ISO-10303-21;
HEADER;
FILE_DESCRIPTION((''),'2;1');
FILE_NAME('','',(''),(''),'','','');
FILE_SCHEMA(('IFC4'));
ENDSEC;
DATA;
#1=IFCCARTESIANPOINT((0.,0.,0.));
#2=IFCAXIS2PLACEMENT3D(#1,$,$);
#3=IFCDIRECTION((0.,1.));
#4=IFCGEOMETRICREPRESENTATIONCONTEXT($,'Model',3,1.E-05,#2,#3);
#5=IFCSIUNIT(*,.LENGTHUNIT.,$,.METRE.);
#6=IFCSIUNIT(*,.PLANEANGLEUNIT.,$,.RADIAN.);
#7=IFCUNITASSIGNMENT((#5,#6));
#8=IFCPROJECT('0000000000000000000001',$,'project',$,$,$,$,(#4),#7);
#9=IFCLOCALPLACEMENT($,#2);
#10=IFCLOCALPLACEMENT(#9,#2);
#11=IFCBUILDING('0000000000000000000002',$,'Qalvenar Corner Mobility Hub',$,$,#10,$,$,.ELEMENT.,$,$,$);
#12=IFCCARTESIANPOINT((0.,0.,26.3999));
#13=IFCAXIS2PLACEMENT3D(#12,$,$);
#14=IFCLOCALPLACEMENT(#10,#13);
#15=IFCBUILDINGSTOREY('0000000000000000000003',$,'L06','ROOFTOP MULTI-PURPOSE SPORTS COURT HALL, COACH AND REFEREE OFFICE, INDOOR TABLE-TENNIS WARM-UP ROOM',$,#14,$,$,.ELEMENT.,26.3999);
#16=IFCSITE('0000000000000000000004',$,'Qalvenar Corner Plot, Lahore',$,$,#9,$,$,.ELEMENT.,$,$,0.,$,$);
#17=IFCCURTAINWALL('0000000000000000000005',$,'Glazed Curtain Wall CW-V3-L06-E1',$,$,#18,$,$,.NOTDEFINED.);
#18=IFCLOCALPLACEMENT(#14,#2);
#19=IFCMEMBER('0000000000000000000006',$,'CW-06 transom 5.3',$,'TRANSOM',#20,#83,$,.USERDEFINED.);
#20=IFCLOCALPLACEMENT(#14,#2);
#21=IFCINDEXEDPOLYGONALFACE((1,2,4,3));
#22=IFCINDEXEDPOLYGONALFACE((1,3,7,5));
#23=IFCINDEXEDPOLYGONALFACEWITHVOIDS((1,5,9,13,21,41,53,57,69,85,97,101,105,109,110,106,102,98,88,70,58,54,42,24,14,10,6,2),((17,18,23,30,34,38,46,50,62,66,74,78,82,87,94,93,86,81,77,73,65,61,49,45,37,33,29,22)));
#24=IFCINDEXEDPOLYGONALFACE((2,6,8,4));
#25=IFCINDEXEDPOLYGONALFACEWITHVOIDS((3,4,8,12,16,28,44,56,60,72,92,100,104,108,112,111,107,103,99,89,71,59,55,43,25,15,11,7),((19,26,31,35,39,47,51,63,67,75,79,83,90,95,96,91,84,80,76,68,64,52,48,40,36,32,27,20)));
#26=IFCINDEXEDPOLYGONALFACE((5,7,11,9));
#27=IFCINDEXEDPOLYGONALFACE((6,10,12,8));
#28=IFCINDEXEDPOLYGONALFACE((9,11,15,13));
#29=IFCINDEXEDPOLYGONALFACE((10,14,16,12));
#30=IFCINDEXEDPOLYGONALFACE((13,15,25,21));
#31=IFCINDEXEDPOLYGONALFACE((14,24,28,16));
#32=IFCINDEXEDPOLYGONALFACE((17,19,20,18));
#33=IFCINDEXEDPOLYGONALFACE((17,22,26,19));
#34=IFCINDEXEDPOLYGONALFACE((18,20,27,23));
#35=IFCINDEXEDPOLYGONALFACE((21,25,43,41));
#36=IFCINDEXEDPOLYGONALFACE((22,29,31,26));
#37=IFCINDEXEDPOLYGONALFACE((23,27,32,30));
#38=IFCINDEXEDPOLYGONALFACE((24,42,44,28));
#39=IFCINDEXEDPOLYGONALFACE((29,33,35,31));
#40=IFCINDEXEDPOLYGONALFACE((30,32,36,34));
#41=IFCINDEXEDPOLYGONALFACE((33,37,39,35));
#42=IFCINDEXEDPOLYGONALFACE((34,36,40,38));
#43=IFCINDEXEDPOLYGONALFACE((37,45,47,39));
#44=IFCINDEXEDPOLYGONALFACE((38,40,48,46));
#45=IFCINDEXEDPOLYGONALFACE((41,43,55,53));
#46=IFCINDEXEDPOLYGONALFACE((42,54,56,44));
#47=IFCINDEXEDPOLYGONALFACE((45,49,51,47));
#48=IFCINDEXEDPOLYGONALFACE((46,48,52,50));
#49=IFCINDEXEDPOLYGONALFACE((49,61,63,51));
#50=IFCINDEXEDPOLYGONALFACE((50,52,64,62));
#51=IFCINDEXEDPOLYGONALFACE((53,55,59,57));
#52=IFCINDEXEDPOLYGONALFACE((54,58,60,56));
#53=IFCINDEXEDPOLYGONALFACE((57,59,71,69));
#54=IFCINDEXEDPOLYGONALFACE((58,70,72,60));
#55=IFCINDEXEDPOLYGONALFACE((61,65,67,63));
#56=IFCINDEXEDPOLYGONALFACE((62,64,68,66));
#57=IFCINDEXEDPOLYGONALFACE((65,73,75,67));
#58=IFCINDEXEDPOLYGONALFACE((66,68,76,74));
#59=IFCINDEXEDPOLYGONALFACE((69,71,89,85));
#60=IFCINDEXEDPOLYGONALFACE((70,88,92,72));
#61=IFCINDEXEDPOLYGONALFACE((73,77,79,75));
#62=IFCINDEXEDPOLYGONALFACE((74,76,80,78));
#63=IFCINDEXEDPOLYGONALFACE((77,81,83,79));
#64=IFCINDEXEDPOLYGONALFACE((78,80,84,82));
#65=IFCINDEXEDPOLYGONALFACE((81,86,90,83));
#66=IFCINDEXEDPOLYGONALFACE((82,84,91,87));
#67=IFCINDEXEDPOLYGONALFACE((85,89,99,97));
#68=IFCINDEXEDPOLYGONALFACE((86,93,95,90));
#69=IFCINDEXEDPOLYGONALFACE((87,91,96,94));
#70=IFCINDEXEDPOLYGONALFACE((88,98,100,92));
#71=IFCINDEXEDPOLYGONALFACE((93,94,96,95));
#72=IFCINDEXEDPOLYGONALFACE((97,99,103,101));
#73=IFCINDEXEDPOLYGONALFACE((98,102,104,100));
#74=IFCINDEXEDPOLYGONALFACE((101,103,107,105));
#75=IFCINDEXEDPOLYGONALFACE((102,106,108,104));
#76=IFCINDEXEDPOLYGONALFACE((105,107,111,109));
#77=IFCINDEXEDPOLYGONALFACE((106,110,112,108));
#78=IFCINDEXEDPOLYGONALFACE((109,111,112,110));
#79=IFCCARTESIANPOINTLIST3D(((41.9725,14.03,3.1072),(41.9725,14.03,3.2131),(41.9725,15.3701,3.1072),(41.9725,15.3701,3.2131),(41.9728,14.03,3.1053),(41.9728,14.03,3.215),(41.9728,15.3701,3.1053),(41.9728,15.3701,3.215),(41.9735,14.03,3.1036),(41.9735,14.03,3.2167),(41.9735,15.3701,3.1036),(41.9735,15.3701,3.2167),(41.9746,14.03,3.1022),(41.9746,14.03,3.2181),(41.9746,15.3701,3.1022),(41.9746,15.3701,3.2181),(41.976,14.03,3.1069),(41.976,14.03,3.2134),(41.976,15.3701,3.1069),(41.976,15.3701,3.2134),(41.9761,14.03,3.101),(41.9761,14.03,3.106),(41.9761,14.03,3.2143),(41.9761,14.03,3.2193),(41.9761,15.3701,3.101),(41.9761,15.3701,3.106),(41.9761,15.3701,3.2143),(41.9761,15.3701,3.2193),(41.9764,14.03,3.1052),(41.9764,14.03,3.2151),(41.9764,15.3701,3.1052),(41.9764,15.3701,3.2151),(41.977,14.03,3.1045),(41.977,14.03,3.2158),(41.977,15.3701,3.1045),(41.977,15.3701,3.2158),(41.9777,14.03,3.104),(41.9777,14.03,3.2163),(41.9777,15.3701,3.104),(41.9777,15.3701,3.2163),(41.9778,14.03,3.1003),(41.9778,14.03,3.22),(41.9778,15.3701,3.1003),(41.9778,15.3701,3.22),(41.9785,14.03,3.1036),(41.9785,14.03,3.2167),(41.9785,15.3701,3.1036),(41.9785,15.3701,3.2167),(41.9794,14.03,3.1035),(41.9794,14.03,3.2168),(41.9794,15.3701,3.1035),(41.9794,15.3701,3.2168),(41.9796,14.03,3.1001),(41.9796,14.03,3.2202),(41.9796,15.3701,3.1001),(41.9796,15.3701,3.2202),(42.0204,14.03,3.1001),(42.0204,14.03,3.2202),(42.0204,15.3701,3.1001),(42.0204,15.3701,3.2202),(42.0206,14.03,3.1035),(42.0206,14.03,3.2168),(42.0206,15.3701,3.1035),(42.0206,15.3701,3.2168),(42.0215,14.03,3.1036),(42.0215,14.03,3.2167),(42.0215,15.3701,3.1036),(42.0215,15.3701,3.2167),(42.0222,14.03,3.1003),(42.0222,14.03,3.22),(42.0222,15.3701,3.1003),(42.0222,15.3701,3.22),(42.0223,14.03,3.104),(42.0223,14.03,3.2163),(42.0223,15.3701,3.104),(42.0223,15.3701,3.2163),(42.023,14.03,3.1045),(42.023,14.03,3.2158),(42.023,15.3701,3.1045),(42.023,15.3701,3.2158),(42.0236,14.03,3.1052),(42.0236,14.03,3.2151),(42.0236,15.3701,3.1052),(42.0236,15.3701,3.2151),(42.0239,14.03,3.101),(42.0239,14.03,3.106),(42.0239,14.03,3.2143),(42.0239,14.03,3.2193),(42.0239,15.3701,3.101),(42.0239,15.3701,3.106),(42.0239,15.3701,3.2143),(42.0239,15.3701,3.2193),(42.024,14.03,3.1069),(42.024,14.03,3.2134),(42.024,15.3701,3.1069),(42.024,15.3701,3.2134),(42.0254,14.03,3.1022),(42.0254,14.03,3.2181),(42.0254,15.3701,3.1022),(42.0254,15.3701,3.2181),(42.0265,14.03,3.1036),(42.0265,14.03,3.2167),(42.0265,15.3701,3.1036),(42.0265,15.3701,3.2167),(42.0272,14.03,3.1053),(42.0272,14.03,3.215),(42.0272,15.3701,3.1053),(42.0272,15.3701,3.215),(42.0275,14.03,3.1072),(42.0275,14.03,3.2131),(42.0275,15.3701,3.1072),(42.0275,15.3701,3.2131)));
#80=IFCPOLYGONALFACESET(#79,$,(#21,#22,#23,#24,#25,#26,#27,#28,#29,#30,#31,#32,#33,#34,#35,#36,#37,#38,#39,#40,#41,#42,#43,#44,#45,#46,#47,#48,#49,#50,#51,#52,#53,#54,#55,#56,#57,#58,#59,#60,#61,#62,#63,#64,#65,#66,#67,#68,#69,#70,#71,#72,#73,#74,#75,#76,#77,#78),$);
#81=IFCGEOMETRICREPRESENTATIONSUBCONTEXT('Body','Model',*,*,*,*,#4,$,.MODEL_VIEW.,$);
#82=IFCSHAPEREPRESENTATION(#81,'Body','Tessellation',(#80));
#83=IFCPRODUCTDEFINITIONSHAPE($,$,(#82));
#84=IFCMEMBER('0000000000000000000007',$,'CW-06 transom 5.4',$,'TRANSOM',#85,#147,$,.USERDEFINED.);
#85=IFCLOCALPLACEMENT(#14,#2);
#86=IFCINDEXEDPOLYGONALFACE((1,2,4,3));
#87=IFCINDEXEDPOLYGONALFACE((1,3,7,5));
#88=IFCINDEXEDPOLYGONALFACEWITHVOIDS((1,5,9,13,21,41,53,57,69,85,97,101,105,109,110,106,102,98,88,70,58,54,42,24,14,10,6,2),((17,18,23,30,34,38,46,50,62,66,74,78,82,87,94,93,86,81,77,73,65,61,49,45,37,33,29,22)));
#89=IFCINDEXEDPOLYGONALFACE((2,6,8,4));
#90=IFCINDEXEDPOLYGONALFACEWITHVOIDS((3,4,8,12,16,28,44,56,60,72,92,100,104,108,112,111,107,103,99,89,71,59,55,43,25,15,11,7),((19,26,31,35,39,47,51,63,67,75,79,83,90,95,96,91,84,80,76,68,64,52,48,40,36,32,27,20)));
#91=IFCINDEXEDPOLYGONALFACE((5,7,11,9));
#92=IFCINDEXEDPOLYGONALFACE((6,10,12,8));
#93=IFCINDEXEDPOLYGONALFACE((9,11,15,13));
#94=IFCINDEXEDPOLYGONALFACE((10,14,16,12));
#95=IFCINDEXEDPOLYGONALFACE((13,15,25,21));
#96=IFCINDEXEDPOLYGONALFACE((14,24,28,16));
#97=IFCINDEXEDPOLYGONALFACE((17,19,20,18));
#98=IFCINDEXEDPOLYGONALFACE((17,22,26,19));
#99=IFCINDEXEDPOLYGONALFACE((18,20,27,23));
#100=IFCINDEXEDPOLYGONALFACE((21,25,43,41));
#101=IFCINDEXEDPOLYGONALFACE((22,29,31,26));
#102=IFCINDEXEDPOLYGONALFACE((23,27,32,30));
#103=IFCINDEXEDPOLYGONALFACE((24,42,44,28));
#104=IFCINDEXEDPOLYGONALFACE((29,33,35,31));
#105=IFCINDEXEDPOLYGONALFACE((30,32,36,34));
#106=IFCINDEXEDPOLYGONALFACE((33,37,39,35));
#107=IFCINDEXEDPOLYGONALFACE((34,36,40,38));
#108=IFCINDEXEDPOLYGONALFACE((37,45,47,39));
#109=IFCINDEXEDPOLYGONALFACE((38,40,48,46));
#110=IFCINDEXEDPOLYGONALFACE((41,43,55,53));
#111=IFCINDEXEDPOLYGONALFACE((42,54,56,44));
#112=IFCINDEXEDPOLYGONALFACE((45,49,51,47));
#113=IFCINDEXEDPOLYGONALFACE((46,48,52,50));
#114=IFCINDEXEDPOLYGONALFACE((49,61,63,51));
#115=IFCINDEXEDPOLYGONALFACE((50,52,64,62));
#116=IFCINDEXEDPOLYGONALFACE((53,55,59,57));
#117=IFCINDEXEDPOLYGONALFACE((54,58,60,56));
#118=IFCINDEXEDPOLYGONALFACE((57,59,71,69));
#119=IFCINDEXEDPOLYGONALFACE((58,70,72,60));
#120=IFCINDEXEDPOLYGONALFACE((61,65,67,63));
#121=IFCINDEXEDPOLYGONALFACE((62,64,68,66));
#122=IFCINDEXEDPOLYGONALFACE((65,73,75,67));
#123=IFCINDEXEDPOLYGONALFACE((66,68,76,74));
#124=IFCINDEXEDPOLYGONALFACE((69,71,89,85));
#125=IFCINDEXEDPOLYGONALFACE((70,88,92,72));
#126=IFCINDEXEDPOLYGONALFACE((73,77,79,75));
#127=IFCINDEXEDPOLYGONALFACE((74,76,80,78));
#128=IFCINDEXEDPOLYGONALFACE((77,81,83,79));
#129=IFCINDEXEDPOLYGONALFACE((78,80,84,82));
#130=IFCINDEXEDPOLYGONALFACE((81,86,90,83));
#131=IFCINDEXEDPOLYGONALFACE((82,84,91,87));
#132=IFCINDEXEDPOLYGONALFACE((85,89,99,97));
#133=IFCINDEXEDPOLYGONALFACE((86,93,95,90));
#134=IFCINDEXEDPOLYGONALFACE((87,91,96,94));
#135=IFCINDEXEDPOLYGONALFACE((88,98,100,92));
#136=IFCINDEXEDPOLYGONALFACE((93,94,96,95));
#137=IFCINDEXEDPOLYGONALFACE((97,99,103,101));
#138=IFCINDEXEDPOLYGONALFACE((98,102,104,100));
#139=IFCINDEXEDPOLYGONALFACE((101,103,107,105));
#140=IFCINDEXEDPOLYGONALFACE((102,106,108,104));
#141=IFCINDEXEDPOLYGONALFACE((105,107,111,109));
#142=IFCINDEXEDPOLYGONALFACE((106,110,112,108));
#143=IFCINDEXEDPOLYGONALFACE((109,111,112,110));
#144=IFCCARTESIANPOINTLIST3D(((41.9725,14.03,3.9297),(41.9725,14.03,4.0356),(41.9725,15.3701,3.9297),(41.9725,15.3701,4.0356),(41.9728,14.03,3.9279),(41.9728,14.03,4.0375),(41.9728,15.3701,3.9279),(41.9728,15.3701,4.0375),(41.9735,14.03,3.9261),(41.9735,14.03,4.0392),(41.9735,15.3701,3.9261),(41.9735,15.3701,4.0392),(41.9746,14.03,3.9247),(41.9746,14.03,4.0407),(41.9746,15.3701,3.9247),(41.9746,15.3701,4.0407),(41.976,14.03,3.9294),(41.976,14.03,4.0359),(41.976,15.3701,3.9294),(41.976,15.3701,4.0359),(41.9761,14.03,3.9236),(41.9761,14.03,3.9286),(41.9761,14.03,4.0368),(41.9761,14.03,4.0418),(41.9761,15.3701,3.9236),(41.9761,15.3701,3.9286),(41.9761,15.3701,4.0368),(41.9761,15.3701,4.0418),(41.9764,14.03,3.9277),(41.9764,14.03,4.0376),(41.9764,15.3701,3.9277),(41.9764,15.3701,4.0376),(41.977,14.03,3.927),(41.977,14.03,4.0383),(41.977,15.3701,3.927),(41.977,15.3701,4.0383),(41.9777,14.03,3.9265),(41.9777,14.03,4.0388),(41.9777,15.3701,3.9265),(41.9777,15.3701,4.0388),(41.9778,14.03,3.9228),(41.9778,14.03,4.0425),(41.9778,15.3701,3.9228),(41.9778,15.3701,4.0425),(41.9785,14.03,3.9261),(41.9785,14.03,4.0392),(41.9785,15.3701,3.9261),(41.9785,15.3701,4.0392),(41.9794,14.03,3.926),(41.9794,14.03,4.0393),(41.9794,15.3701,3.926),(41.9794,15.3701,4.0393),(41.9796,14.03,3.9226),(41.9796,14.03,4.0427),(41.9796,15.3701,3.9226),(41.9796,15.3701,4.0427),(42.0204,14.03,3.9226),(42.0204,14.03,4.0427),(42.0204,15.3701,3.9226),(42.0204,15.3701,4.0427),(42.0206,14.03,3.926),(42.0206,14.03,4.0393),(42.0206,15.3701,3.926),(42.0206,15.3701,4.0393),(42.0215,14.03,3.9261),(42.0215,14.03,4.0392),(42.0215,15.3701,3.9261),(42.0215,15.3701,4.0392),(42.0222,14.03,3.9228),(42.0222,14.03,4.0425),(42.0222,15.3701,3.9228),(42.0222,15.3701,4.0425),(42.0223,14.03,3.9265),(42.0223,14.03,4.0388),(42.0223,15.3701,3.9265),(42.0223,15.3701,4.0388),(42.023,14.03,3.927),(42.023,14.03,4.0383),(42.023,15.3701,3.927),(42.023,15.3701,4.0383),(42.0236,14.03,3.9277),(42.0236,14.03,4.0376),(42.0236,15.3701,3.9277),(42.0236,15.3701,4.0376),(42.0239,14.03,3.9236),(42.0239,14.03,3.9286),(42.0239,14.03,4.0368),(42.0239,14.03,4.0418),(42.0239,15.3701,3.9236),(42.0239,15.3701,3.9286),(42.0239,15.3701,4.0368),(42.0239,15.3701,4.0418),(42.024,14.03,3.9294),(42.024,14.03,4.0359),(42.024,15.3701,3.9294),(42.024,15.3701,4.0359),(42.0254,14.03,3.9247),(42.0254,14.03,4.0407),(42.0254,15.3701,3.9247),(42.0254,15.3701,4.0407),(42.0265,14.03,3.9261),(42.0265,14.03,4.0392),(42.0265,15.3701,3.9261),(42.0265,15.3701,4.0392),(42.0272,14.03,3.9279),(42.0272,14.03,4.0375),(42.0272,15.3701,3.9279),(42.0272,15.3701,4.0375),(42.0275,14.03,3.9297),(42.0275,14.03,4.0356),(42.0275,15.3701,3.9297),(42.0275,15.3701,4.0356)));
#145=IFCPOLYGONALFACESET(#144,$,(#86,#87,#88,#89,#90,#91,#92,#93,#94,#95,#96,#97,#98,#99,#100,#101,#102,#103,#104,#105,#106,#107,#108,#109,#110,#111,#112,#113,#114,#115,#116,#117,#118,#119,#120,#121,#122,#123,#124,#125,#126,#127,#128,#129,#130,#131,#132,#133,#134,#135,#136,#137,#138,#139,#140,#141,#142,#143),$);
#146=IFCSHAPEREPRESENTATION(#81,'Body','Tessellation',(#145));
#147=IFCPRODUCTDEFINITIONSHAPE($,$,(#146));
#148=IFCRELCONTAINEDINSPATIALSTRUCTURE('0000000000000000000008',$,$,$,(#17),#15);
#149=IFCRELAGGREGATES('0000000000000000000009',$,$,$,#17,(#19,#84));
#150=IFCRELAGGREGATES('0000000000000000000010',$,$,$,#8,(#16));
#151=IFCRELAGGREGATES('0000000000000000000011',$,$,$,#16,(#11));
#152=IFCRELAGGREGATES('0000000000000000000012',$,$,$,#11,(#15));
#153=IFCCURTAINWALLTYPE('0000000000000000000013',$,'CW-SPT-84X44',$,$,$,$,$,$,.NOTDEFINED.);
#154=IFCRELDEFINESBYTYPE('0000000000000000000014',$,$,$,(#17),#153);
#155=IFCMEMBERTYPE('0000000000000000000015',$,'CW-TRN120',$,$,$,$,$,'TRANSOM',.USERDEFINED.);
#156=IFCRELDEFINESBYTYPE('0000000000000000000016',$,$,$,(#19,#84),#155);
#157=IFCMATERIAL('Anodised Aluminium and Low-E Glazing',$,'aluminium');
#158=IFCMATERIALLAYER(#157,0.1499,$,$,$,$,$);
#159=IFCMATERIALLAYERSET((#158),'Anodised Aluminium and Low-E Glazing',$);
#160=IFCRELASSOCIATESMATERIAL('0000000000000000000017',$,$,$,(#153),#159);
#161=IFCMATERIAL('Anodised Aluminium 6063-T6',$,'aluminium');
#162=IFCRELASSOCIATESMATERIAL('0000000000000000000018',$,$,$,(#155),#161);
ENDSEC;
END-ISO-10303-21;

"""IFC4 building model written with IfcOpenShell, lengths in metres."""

from ifc_helpers import new_model, si_unit, direction, frame, origin, origin_2d, place, context, subcontext, project, spatial, hollow_rectangle, extrude, material, layer, layer_set, material_profile, profile_set, type_object, element, aggregate, save


model = new_model("IFC4")

# Units and contexts
model_context = context("Model", 3, precision=1e-05, world=origin(), true_north=direction((0.0, 1.0)))
body_context = subcontext(model_context, "Body", "Model", "MODEL_VIEW")
ifc_project = project(units=[si_unit("LENGTHUNIT", "METRE"), si_unit("PLANEANGLEUNIT", "RADIAN")], contexts=[model_context])

# Site, building, storey
site_placement = place(None, origin())
site = spatial("IfcSite", under=ifc_project, at=site_placement, Name="Qalvenar Corner Plot, Lahore", CompositionType="ELEMENT", RefElevation=0.0)
building_placement = place(site_placement, origin())
building = spatial("IfcBuilding", under=site, at=building_placement, Name="Qalvenar Corner Mobility Hub", CompositionType="ELEMENT")
storey_placement = place(building_placement, frame((0.0, 0.0, 26.3999)))
storey = spatial("IfcBuildingStorey", under=building, at=storey_placement, Name="L06", Description="ROOFTOP MULTI-PURPOSE SPORTS COURT HALL, COACH AND REFEREE OFFICE, INDOOR TABLE-TENNIS WARM-UP ROOM", CompositionType="ELEMENT", Elevation=26.3999)

# Curtain wall, members
ifc_material_1 = material(Name="Anodised Aluminium and Low-E Glazing", Category="aluminium")
ifc_layer_1 = layer(ifc_material_1, 0.1499)
ifc_layer_set_1 = layer_set([ifc_layer_1], Name="Anodised Aluminium and Low-E Glazing")
curtain_wall_type = type_object("IfcCurtainWallType", Name="CW-SPT-84X44", PredefinedType="NOTDEFINED", material=ifc_layer_set_1)
curtain_wall_placement = place(storey_placement, origin())
curtain_wall = element("IfcCurtainWall", 1, at=curtain_wall_placement, inside=storey, type_object=curtain_wall_type, Name="Glazed Curtain Wall CW-V3-L06-E1", PredefinedType="NOTDEFINED")
ifc_material_2 = material(Name="Anodised Aluminium 6063-T6", Category="aluminium")
ifc_material_profile_1 = material_profile(ifc_material_2, hollow_rectangle(XDim=0.0549, YDim=0.1201, WallThickness=0.0034, InnerFilletRadius=0.0034, OuterFilletRadius=0.0071, at=origin_2d()), Name="RHS120x55x3.5")
ifc_profile_set_1 = profile_set([ifc_material_profile_1], Name="Anodised Aluminium 6063-T6")
member_type_1 = type_object("IfcMemberType", Name="CW-TRN120", ElementType="TRANSOM", PredefinedType="USERDEFINED", material=ifc_profile_set_1)
member_1_placement = place(storey_placement, frame((42.0, 14.03, 3.1602), z_axis=(0.0, 1.0, 0.0), x_axis=(-1.0, 0.0, 0.0)))
member_1 = element("IfcMember", 2, at=member_1_placement, type_object=member_type_1, Name="CW-06 transom 5.3", ObjectType="TRANSOM", PredefinedType="USERDEFINED", context=body_context, shape_type="SweptSolid", body=[
    extrude(hollow_rectangle(XDim=0.0549, YDim=0.1201, WallThickness=0.0034, InnerFilletRadius=0.0034, OuterFilletRadius=0.0071, at=origin_2d()), origin(), (0.0, 0.0, 1.0), 1.3401),
])
member_2_placement = place(storey_placement, frame((42.0, 14.03, 3.9827), z_axis=(0.0, 1.0, 0.0), x_axis=(-1.0, 0.0, 0.0)))
member_2 = element("IfcMember", 3, at=member_2_placement, type_object=member_type_1, Name="CW-06 transom 5.4", ObjectType="TRANSOM", PredefinedType="USERDEFINED", context=body_context, shape_type="SweptSolid", body=[
    extrude(hollow_rectangle(XDim=0.0549, YDim=0.1201, WallThickness=0.0034, InnerFilletRadius=0.0034, OuterFilletRadius=0.0071, at=origin_2d()), origin(), (0.0, 0.0, 1.0), 1.3401),
])
aggregate(curtain_wall, [member_1, member_2])

save(model, "model.ifc")
